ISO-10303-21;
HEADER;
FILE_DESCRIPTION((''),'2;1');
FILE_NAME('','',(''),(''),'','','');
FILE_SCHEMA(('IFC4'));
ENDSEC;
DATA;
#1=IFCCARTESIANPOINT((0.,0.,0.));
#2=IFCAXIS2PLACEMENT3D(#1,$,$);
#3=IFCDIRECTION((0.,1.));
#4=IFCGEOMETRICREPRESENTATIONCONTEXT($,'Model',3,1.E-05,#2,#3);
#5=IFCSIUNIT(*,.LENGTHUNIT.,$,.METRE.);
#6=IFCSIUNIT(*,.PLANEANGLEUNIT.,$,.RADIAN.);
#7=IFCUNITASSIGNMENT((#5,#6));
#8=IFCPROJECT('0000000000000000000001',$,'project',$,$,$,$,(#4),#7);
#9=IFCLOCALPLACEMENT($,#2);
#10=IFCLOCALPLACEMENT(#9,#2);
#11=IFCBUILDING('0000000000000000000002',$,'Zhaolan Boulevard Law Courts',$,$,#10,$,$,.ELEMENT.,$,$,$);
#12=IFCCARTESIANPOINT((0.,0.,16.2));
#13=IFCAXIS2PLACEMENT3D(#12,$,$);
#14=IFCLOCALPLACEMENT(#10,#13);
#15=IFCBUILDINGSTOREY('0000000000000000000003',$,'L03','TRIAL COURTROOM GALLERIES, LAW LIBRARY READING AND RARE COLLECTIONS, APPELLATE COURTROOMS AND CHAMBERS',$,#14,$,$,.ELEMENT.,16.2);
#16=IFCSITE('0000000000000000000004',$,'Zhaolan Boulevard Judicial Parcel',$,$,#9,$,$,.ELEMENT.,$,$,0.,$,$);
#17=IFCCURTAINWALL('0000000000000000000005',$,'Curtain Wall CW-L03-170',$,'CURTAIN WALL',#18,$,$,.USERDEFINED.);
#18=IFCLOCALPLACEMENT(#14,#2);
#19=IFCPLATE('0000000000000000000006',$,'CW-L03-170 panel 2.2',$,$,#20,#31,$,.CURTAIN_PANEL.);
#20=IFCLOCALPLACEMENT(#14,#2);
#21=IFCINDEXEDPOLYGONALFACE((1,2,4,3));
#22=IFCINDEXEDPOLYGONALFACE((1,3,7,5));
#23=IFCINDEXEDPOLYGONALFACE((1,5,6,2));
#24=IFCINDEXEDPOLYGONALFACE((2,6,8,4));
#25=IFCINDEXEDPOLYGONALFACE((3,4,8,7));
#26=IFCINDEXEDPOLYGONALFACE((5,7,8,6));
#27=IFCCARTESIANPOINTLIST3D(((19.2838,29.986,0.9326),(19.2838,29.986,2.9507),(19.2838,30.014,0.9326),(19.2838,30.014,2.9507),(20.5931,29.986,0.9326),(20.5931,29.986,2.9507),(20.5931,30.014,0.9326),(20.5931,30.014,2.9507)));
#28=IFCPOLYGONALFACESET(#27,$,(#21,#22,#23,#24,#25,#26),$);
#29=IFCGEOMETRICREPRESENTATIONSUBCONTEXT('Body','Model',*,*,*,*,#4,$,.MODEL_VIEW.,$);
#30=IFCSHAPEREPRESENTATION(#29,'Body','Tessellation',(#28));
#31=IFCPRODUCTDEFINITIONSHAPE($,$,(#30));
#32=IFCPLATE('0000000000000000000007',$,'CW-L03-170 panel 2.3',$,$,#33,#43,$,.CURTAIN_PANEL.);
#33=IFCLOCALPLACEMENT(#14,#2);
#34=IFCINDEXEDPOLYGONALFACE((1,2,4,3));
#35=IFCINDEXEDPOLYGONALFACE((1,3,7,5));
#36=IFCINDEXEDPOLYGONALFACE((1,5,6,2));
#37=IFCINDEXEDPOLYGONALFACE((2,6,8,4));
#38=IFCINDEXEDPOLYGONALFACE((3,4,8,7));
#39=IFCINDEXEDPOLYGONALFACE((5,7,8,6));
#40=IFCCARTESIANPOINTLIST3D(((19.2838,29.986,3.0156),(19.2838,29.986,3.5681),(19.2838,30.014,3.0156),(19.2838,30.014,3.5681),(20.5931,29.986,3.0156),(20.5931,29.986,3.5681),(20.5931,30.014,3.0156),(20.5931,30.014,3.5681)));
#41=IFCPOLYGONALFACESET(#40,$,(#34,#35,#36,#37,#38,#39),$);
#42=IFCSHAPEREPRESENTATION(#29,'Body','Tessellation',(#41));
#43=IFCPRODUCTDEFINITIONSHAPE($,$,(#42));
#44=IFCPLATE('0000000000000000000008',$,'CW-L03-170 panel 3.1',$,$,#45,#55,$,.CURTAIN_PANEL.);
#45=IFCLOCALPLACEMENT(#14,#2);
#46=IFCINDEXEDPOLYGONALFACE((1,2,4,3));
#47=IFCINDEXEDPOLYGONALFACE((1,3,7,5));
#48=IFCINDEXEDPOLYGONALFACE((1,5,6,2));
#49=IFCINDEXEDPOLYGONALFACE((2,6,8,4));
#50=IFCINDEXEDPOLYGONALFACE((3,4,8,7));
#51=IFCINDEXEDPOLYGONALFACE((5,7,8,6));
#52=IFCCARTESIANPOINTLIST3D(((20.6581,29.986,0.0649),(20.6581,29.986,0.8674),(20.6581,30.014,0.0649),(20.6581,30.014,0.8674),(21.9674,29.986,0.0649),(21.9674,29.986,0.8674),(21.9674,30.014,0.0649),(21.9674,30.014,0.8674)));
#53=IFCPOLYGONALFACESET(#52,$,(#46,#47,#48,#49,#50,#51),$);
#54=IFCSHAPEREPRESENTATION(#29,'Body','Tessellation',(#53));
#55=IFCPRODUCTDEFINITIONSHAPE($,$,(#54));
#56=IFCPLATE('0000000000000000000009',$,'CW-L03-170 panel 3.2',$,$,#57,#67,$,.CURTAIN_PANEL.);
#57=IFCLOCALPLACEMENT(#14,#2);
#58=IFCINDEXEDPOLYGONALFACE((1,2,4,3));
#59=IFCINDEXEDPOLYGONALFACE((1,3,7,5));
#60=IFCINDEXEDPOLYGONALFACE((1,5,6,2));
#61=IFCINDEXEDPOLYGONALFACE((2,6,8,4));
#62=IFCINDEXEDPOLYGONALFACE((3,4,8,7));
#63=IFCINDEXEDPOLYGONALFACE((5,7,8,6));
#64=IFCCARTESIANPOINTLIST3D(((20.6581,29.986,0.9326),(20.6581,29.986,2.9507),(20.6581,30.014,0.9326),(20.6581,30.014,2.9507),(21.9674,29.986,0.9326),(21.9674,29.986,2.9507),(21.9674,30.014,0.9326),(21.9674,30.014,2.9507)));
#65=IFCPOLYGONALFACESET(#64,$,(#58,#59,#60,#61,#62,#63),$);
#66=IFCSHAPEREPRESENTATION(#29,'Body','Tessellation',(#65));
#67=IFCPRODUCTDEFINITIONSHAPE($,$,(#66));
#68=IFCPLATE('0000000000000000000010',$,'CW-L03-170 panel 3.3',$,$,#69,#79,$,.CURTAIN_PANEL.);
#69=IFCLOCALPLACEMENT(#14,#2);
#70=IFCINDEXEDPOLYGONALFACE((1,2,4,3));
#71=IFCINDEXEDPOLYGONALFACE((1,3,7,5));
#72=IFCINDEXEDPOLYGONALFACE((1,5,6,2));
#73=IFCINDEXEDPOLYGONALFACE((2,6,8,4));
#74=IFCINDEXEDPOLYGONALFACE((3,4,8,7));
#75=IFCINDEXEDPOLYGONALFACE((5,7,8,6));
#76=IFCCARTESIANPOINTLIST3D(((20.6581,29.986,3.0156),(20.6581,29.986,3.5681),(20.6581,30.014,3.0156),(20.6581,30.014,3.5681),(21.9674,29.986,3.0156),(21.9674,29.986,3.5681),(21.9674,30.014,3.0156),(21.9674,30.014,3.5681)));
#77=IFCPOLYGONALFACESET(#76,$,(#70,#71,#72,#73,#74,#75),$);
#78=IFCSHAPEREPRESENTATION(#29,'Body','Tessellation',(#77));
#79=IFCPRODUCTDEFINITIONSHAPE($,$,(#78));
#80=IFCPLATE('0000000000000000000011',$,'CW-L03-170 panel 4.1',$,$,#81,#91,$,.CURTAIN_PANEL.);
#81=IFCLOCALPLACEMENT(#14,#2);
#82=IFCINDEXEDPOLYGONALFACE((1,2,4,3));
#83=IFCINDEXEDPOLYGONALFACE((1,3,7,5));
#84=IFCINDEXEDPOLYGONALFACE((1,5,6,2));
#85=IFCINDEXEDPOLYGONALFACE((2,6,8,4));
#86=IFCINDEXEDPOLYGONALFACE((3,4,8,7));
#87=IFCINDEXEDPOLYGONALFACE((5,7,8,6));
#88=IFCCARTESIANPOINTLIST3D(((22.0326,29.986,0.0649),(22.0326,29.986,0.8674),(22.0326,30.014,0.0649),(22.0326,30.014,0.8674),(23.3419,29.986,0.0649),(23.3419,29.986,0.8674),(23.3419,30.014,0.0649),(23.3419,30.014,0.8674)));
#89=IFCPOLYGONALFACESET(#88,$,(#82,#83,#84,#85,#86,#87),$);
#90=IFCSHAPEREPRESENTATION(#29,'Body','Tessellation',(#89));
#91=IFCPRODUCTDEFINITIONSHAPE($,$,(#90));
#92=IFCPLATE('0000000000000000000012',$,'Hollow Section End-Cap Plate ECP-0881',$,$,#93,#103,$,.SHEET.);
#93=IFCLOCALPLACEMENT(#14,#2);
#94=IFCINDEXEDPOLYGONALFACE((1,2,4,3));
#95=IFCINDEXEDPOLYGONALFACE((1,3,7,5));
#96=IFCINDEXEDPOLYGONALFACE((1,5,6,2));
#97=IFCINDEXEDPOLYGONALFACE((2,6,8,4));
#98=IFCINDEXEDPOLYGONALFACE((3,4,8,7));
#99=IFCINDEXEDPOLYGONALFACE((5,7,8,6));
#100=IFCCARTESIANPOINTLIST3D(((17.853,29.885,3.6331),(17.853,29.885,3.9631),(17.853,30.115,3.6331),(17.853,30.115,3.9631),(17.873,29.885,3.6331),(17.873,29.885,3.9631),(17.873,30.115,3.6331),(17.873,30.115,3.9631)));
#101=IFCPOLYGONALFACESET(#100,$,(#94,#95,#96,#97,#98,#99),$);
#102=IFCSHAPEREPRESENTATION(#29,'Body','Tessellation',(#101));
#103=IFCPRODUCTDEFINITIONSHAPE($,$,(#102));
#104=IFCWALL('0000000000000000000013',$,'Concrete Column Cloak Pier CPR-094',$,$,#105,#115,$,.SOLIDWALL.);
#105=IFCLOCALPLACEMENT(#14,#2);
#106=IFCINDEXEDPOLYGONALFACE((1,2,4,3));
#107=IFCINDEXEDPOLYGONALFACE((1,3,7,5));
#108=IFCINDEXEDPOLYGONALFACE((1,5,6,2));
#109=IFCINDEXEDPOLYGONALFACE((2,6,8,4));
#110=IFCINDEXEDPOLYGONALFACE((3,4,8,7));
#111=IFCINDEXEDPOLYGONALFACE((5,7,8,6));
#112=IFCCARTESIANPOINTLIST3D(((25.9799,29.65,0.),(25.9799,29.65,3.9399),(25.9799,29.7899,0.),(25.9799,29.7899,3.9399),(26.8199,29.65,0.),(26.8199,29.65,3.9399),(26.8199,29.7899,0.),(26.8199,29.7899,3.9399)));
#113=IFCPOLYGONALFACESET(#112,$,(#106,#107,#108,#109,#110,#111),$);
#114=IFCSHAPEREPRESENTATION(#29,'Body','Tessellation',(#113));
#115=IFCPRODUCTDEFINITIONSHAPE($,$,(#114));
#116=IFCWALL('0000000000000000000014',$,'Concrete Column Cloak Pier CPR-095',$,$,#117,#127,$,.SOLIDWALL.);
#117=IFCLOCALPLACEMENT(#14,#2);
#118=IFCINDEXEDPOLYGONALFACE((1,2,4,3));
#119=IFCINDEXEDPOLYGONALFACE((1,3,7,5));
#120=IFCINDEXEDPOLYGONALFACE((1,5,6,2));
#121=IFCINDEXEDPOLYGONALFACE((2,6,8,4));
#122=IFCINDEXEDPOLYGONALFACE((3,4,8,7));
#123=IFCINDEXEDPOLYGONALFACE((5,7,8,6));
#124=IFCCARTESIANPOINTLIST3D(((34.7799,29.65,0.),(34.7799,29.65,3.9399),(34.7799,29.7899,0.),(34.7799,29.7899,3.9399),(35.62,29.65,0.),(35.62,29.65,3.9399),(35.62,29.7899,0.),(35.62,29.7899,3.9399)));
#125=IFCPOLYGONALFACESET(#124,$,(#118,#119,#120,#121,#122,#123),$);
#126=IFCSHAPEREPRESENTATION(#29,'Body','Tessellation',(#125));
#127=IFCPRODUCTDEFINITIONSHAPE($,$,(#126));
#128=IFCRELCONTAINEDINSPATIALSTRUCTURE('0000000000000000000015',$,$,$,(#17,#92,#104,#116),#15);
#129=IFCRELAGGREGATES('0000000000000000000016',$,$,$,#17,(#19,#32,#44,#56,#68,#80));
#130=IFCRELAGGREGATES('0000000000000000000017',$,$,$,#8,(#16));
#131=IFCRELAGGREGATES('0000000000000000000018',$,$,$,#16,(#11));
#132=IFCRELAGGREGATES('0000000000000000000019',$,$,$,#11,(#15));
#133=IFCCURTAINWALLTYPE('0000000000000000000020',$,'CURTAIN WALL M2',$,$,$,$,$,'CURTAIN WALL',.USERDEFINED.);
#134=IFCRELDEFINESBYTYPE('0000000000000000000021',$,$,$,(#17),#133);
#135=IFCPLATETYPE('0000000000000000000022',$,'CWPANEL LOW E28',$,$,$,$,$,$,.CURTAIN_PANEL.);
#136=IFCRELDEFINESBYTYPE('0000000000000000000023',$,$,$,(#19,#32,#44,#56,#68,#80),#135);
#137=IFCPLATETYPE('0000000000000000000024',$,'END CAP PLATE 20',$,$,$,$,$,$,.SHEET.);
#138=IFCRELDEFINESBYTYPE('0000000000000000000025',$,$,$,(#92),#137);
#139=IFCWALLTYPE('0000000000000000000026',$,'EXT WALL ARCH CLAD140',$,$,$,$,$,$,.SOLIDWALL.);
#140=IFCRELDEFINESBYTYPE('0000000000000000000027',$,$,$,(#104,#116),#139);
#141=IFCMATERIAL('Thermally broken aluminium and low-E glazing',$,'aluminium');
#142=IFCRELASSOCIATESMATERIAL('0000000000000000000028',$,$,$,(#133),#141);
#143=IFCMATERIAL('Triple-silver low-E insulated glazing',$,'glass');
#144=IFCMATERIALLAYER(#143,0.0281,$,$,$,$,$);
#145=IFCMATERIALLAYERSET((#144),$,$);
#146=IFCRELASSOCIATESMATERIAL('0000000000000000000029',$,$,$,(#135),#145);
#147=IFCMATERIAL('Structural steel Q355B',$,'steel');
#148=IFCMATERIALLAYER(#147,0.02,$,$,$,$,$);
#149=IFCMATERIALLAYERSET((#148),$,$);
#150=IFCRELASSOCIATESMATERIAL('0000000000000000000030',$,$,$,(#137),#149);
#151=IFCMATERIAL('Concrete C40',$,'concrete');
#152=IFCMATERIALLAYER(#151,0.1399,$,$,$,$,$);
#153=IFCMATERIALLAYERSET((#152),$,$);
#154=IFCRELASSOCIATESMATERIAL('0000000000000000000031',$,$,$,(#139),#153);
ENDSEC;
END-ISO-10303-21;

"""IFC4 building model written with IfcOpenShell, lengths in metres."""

from ifc_helpers import new_model, si_unit, direction, frame, frame_2d, origin, origin_2d, place, context, subcontext, project, spatial, rectangle, extrude, material, layer, layer_set, type_object, element, aggregate, save


model = new_model("IFC4")

# Units and contexts
model_context = context("Model", 3, precision=1e-05, world=origin(), true_north=direction((0.0, 1.0)))
body_context = subcontext(model_context, "Body", "Model", "MODEL_VIEW")
ifc_project = project(units=[si_unit("LENGTHUNIT", "METRE"), si_unit("PLANEANGLEUNIT", "RADIAN")], contexts=[model_context])

# Site, building, storey
site_placement = place(None, origin())
site = spatial("IfcSite", under=ifc_project, at=site_placement, Name="Zhaolan Boulevard Judicial Parcel", CompositionType="ELEMENT", RefElevation=0.0)
building_placement = place(site_placement, origin())
building = spatial("IfcBuilding", under=site, at=building_placement, Name="Zhaolan Boulevard Law Courts", CompositionType="ELEMENT")
storey_placement = place(building_placement, frame((0.0, 0.0, 16.2)))
storey = spatial("IfcBuildingStorey", under=building, at=storey_placement, Name="L03", Description="TRIAL COURTROOM GALLERIES, LAW LIBRARY READING AND RARE COLLECTIONS, APPELLATE COURTROOMS AND CHAMBERS", CompositionType="ELEMENT", Elevation=16.2)

# Curtain wall
ifc_material_1 = material(Name="Thermally broken aluminium and low-E glazing", Category="aluminium")
curtain_wall_type = type_object("IfcCurtainWallType", Name="CURTAIN WALL M2", ElementType="CURTAIN WALL", PredefinedType="USERDEFINED", material=ifc_material_1)
curtain_wall_placement = place(storey_placement, origin())
curtain_wall = element("IfcCurtainWall", 1, at=curtain_wall_placement, inside=storey, type_object=curtain_wall_type, Name="Curtain Wall CW-L03-170", ObjectType="CURTAIN WALL", PredefinedType="USERDEFINED")

# Plates
ifc_material_2 = material(Name="Triple-silver low-E insulated glazing", Category="glass")
ifc_layer_1 = layer(ifc_material_2, 0.0281)
ifc_layer_set_1 = layer_set([ifc_layer_1])
plate_type_1 = type_object("IfcPlateType", Name="CWPANEL LOW E28", PredefinedType="CURTAIN_PANEL", material=ifc_layer_set_1)
plate_1_placement = place(storey_placement, frame((19.9385, 30.0, 0.9326), z_axis=(0.0, 0.0, 1.0), x_axis=(1.0, 0.0, 0.0)))
plate_1 = element("IfcPlate", 2, at=plate_1_placement, type_object=plate_type_1, Name="CW-L03-170 panel 2.2", PredefinedType="CURTAIN_PANEL", context=body_context, shape_type="SweptSolid", body=[
    extrude(rectangle(XDim=1.3093, YDim=0.0281, at=origin_2d()), origin(), (0.0, 0.0, 1.0), 2.0181),
])
plate_2_placement = place(storey_placement, frame((19.9385, 30.0, 3.0156), z_axis=(0.0, 0.0, 1.0), x_axis=(1.0, 0.0, 0.0)))
plate_2 = element("IfcPlate", 3, at=plate_2_placement, type_object=plate_type_1, Name="CW-L03-170 panel 2.3", PredefinedType="CURTAIN_PANEL", context=body_context, shape_type="SweptSolid", body=[
    extrude(rectangle(XDim=1.3093, YDim=0.0281, at=origin_2d()), origin(), (0.0, 0.0, 1.0), 0.5525),
])
plate_3_placement = place(storey_placement, frame((21.3127, 30.0, 0.0649), z_axis=(0.0, 0.0, 1.0), x_axis=(1.0, 0.0, 0.0)))
plate_3 = element("IfcPlate", 4, at=plate_3_placement, type_object=plate_type_1, Name="CW-L03-170 panel 3.1", PredefinedType="CURTAIN_PANEL", context=body_context, shape_type="SweptSolid", body=[
    extrude(rectangle(XDim=1.3093, YDim=0.0281, at=origin_2d()), origin(), (0.0, 0.0, 1.0), 0.8025),
])
plate_4_placement = place(storey_placement, frame((21.3127, 30.0, 0.9326), z_axis=(0.0, 0.0, 1.0), x_axis=(1.0, 0.0, 0.0)))
plate_4 = element("IfcPlate", 5, at=plate_4_placement, type_object=plate_type_1, Name="CW-L03-170 panel 3.2", PredefinedType="CURTAIN_PANEL", context=body_context, shape_type="SweptSolid", body=[
    extrude(rectangle(XDim=1.3093, YDim=0.0281, at=origin_2d()), origin(), (0.0, 0.0, 1.0), 2.0181),
])
plate_5_placement = place(storey_placement, frame((21.3127, 30.0, 3.0156), z_axis=(0.0, 0.0, 1.0), x_axis=(1.0, 0.0, 0.0)))
plate_5 = element("IfcPlate", 6, at=plate_5_placement, type_object=plate_type_1, Name="CW-L03-170 panel 3.3", PredefinedType="CURTAIN_PANEL", context=body_context, shape_type="SweptSolid", body=[
    extrude(rectangle(XDim=1.3093, YDim=0.0281, at=origin_2d()), origin(), (0.0, 0.0, 1.0), 0.5525),
])
plate_6_placement = place(storey_placement, frame((22.6873, 30.0, 0.0649), z_axis=(0.0, 0.0, 1.0), x_axis=(1.0, 0.0, 0.0)))
plate_6 = element("IfcPlate", 7, at=plate_6_placement, type_object=plate_type_1, Name="CW-L03-170 panel 4.1", PredefinedType="CURTAIN_PANEL", context=body_context, shape_type="SweptSolid", body=[
    extrude(rectangle(XDim=1.3093, YDim=0.0281, at=origin_2d()), origin(), (0.0, 0.0, 1.0), 0.8025),
])
aggregate(curtain_wall, [plate_1, plate_2, plate_3, plate_4, plate_5, plate_6])
ifc_material_3 = material(Name="Structural steel Q355B", Category="steel")
ifc_layer_2 = layer(ifc_material_3, 0.02)
ifc_layer_set_2 = layer_set([ifc_layer_2])
plate_type_2 = type_object("IfcPlateType", Name="END CAP PLATE 20", PredefinedType="SHEET", material=ifc_layer_set_2)
plate_7_placement = place(storey_placement, frame((17.863, 30.0, 3.6331), z_axis=(0.0, 0.0, 1.0), x_axis=(1.0, 0.0, 0.0)))
element("IfcPlate", 8, at=plate_7_placement, inside=storey, type_object=plate_type_2, Name="Hollow Section End-Cap Plate ECP-0881", PredefinedType="SHEET", context=body_context, shape_type="SweptSolid", body=[
    extrude(rectangle(XDim=0.02, YDim=0.23, at=origin_2d()), origin(), (0.0, 0.0, 1.0), 0.3301),
])

# Walls
ifc_material_4 = material(Name="Concrete C40", Category="concrete")
ifc_layer_3 = layer(ifc_material_4, 0.1399)
ifc_layer_set_3 = layer_set([ifc_layer_3])
wall_type = type_object("IfcWallType", Name="EXT WALL ARCH CLAD140", PredefinedType="SOLIDWALL", material=ifc_layer_set_3)
for number, where, z_axis, x_axis, name in (
    (9, (25.98, 29.72, 0.0), (0.0, 0.0, 1.0), (1.0, 0.0, 0.0), "Concrete Column Cloak Pier CPR-094"),
    (10, (34.78, 29.72, 0.0), (0.0, 0.0, 1.0), (1.0, 0.0, 0.0), "Concrete Column Cloak Pier CPR-095"),
):
    element("IfcWall", number, at=place(storey_placement, frame(where, z_axis=z_axis, x_axis=x_axis)), inside=storey, type_object=wall_type, Name=name, PredefinedType="SOLIDWALL", context=body_context, shape_type="SweptSolid", body=[
        extrude(rectangle(XDim=0.8401, YDim=0.1399, at=frame_2d((0.4199, 0.0))), origin(), (0.0, 0.0, 1.0), 3.9399),
    ])

save(model, "model.ifc")
